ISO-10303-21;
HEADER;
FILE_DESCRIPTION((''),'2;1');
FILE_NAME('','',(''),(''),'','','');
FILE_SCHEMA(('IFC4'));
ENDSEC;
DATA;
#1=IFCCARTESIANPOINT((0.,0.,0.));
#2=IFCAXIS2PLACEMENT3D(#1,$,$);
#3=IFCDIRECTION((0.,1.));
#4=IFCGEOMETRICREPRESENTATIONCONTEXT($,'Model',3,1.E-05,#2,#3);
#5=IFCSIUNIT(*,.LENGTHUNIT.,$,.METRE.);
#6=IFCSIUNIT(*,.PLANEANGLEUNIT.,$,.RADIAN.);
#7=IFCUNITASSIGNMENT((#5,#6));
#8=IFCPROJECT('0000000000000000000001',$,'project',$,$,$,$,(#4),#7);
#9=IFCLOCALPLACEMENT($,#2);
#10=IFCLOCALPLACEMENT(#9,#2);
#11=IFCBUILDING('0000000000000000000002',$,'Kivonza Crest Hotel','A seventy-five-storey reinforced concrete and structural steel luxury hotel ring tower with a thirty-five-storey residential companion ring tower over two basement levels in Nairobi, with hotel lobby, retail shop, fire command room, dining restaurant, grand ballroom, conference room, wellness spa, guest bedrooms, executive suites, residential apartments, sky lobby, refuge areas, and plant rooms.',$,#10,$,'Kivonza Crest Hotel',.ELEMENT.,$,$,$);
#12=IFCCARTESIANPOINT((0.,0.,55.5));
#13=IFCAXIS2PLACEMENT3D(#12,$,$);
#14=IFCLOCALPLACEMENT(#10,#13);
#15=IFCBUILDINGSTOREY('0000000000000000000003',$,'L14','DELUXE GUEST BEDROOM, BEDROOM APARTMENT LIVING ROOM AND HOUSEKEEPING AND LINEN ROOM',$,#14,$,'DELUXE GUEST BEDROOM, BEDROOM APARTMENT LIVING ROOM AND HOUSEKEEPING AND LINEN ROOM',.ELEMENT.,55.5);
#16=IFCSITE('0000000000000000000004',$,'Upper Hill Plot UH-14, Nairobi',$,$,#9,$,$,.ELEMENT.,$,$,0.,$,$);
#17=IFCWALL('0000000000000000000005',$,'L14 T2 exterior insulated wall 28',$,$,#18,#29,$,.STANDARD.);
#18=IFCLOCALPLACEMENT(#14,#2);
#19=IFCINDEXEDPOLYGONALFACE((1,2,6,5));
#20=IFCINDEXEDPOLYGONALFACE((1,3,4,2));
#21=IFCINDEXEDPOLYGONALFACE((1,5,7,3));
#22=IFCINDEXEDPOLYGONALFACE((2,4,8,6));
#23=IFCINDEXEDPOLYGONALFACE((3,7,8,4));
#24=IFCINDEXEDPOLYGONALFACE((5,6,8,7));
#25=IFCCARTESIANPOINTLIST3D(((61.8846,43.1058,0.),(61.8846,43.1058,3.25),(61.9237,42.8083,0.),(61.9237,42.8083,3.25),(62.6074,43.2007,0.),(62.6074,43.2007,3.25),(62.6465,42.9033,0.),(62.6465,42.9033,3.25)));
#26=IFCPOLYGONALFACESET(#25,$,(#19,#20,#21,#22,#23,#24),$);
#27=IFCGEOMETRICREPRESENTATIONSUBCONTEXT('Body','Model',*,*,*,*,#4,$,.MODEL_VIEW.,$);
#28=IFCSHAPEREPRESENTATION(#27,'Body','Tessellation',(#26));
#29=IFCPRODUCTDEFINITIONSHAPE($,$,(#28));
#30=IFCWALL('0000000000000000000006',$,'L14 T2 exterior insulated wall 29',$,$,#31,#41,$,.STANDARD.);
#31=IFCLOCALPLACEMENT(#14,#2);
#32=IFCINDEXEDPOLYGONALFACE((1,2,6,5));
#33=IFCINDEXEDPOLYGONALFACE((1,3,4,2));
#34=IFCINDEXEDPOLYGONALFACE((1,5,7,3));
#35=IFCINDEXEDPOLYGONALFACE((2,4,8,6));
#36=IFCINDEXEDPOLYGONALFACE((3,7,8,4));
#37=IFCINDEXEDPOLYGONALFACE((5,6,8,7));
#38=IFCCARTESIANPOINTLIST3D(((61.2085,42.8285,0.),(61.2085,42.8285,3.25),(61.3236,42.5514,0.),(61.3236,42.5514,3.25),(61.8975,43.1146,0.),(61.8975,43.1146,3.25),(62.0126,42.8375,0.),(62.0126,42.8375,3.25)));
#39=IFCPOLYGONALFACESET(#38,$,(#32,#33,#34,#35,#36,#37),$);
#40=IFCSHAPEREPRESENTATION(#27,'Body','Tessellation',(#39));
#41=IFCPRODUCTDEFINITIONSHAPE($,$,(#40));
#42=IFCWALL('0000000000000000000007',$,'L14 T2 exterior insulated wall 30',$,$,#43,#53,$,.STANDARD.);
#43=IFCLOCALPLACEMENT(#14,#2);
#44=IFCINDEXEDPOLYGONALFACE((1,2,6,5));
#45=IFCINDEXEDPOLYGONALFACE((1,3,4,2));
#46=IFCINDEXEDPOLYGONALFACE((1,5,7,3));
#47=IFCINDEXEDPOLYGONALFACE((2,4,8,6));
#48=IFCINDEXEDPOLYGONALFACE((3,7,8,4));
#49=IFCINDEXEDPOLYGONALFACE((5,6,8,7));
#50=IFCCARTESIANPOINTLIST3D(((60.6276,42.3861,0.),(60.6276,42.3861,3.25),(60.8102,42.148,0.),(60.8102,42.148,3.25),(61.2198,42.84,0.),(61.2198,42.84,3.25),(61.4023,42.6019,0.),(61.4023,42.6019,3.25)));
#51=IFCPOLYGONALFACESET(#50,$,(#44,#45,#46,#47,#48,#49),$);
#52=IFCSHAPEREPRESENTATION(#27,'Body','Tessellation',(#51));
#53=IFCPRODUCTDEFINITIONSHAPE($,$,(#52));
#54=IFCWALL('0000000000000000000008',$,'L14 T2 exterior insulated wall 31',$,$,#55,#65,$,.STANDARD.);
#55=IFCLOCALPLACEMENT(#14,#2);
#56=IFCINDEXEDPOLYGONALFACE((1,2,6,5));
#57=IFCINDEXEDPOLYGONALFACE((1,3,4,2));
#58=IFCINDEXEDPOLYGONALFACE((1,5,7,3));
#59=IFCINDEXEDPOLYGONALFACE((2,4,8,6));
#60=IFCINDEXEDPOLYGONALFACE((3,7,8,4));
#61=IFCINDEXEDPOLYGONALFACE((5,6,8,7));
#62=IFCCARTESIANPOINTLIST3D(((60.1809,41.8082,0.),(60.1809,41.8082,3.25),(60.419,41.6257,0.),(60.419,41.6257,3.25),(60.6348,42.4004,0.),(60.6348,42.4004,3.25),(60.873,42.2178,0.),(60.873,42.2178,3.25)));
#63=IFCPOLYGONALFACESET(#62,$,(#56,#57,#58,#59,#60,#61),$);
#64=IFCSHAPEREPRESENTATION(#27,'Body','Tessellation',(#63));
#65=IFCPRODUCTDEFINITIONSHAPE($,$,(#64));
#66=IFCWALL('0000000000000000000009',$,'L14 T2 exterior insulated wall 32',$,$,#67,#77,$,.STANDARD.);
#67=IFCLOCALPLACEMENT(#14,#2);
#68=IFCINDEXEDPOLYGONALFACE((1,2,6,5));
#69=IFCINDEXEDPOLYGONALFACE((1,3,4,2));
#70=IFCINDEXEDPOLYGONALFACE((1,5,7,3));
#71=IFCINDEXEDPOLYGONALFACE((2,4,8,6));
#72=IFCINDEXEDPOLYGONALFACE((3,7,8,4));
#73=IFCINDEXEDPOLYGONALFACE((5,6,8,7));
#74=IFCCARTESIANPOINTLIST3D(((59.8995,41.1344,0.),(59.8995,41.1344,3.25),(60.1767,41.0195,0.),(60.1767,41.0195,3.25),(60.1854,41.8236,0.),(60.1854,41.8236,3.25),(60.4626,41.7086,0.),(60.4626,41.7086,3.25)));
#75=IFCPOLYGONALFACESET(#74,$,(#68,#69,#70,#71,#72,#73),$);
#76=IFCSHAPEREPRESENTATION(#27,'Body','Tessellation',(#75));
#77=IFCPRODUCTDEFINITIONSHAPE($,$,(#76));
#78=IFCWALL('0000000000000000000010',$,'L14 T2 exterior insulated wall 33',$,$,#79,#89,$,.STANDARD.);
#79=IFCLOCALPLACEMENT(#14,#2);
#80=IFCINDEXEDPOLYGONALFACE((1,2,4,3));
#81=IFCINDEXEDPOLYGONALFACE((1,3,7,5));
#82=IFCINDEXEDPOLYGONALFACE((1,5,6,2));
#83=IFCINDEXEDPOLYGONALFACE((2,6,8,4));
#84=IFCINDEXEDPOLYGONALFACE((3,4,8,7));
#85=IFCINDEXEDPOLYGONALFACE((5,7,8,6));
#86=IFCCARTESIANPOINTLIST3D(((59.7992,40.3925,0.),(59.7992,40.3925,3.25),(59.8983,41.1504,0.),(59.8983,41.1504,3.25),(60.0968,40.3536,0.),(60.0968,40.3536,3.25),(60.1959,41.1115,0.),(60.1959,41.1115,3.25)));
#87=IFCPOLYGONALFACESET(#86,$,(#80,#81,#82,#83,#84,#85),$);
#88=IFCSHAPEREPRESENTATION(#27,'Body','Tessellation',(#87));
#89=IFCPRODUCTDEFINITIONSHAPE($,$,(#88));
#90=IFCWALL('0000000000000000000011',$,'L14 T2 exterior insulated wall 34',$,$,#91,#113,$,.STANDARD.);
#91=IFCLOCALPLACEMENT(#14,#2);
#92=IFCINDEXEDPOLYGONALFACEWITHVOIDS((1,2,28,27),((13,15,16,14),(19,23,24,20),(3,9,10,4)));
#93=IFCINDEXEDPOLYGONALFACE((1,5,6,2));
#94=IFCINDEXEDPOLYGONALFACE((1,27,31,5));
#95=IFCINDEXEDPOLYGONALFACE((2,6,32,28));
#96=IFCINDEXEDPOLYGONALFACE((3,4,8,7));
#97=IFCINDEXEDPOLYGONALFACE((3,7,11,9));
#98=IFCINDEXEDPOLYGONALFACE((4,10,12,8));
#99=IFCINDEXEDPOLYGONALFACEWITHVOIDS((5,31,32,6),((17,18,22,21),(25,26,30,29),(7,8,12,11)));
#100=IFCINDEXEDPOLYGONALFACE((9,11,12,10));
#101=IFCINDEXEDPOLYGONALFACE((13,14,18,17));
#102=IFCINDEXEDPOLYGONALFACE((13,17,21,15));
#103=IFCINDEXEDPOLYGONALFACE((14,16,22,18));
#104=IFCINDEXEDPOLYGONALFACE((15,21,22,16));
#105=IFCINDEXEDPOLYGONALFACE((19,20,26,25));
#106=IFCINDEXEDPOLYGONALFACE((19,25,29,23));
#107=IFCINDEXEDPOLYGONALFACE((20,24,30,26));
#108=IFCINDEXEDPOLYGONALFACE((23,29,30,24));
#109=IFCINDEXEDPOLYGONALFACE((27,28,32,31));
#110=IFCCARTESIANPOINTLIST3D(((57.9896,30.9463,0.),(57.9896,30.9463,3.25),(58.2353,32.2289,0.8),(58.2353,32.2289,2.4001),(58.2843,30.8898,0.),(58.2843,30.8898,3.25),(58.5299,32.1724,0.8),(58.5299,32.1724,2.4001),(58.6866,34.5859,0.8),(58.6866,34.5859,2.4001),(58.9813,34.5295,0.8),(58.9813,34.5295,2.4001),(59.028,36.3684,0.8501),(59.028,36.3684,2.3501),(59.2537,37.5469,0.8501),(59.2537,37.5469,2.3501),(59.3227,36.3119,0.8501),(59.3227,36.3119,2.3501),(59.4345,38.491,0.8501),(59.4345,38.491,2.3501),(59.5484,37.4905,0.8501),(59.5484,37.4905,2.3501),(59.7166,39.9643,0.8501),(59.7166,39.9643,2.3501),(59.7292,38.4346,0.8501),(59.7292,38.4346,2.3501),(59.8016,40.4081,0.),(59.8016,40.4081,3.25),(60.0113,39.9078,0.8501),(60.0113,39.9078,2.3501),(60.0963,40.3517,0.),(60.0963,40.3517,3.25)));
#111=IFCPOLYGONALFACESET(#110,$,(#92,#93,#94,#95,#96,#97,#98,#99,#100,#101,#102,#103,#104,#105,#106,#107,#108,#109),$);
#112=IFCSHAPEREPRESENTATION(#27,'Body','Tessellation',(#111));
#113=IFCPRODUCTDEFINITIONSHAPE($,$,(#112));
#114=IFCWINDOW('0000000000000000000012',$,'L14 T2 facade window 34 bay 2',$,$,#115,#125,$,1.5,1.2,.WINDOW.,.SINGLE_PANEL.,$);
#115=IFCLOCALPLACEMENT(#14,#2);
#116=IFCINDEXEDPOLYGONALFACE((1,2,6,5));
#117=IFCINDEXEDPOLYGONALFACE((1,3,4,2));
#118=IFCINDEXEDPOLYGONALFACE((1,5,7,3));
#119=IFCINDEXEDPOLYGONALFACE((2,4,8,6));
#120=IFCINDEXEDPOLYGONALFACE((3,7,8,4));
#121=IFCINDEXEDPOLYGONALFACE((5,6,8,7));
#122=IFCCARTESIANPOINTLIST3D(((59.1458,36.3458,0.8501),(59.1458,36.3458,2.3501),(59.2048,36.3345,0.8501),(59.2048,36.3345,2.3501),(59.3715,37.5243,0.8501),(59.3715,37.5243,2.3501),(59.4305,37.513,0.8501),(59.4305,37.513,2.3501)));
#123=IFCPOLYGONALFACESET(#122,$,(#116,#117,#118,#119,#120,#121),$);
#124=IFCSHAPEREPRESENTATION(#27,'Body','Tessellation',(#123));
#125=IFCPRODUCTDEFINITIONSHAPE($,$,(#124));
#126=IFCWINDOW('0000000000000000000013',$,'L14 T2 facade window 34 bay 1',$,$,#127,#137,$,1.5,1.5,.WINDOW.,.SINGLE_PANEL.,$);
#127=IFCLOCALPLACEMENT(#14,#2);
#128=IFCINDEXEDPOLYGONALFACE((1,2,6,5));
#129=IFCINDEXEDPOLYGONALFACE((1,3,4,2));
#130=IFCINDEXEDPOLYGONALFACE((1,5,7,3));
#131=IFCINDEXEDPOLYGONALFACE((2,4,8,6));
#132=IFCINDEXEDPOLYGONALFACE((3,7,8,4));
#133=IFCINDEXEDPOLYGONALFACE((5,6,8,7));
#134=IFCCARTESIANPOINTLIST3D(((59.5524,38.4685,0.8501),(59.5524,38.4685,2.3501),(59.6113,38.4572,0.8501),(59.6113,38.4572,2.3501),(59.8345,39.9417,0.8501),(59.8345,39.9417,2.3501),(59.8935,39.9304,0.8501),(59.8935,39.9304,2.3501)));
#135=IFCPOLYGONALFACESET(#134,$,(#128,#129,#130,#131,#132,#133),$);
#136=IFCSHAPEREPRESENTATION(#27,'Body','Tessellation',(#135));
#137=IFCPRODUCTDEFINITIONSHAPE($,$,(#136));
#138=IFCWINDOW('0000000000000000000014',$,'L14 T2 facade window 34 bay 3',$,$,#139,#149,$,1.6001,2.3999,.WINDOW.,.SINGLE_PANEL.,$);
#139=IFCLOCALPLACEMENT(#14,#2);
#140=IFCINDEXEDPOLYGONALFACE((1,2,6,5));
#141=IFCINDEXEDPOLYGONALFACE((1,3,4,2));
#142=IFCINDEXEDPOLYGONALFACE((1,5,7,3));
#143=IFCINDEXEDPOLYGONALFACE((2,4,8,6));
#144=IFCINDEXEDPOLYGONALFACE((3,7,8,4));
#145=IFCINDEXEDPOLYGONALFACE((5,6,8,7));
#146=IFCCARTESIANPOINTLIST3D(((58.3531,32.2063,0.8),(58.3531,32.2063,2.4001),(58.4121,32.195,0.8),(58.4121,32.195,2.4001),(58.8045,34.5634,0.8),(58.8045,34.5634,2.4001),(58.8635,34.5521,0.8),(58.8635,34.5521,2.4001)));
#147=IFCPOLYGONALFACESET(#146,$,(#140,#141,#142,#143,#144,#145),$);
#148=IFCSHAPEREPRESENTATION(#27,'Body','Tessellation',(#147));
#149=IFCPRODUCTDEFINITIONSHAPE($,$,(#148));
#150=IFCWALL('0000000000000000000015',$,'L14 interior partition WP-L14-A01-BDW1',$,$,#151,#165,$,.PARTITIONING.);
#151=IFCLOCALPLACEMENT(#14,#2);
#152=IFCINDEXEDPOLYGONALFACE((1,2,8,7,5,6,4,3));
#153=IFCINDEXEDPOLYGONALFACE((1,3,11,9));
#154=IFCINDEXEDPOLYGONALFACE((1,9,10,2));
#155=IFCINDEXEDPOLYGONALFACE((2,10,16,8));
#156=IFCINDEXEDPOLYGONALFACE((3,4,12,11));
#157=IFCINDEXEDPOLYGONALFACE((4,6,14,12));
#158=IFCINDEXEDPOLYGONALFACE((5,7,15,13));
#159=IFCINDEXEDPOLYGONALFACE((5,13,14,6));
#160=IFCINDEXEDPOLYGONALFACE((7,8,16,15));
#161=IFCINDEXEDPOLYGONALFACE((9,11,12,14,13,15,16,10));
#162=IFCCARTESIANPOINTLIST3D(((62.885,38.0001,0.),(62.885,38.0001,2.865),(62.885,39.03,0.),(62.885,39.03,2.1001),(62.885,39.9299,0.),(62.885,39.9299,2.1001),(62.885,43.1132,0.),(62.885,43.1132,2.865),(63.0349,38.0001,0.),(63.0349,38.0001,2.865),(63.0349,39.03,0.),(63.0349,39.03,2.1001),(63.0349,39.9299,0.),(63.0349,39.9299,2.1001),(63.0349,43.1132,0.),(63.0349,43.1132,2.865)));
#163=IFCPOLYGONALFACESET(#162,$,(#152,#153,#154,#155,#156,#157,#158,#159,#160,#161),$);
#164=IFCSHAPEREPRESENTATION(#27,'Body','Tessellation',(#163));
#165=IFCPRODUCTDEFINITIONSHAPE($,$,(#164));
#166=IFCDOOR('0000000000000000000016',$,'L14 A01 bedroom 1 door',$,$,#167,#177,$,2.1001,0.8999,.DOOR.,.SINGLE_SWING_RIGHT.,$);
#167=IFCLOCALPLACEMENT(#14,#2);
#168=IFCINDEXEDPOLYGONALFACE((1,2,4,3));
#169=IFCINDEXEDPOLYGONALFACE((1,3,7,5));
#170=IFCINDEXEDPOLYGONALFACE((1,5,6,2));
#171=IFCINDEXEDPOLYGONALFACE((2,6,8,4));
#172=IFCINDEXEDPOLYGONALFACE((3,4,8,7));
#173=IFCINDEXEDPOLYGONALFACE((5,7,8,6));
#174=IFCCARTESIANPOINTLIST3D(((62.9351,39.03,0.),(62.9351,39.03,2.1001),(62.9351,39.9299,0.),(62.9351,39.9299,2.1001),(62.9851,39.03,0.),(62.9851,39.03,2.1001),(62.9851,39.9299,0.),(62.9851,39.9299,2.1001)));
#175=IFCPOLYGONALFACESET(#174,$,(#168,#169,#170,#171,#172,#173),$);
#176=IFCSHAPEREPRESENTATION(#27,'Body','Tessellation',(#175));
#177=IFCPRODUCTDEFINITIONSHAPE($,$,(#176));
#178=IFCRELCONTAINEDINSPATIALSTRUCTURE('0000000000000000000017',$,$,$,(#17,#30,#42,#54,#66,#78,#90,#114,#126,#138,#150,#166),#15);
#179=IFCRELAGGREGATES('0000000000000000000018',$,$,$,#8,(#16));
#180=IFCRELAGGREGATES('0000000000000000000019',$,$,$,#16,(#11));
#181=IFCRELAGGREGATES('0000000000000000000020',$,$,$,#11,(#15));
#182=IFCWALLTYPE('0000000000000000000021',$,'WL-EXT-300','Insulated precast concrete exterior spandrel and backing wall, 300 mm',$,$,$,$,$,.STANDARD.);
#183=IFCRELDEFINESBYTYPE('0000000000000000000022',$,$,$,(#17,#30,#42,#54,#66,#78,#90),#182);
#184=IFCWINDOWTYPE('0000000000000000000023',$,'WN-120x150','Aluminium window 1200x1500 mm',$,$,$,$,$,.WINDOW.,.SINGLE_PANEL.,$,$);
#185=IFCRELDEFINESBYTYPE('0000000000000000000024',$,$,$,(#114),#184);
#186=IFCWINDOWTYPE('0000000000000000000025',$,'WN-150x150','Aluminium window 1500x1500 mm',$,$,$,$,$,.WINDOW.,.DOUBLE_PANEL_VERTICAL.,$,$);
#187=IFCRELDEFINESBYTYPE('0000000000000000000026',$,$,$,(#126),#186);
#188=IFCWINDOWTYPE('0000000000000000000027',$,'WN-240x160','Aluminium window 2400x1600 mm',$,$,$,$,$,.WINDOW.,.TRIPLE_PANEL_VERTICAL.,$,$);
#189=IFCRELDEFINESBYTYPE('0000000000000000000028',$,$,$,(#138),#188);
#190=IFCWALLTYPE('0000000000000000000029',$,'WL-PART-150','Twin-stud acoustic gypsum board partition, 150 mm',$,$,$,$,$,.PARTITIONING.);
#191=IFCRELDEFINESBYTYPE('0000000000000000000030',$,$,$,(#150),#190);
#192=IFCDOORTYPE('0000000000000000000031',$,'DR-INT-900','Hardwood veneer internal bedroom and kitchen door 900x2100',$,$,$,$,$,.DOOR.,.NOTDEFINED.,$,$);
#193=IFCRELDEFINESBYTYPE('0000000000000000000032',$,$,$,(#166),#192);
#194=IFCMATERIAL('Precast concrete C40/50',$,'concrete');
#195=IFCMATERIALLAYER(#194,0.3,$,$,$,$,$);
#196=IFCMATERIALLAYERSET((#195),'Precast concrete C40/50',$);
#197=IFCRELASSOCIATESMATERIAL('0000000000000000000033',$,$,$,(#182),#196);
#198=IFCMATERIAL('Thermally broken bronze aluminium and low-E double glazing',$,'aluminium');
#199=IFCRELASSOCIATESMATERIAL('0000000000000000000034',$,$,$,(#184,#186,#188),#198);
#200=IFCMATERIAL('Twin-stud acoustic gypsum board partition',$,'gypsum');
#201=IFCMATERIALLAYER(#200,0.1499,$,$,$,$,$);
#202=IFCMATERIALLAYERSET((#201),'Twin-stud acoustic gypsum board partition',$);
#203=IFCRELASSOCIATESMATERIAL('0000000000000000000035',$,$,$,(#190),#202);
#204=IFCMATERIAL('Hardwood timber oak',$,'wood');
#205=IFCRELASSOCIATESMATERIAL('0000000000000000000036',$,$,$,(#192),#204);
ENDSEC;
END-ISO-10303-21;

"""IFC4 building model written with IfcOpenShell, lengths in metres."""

from ifc_helpers import new_model, si_unit, direction, frame, frame_2d, origin, place, context, subcontext, project, spatial, rectangle, extrude, material, layer, layer_set, type_object, element, fill, save


model = new_model("IFC4")

# Units and contexts
model_context = context("Model", 3, precision=1e-05, world=origin(), true_north=direction((0.0, 1.0)))
body_context = subcontext(model_context, "Body", "Model", "MODEL_VIEW")
ifc_project = project(units=[si_unit("LENGTHUNIT", "METRE"), si_unit("PLANEANGLEUNIT", "RADIAN")], contexts=[model_context])

# Site, building, storey
site_placement = place(None, origin())
site = spatial("IfcSite", under=ifc_project, at=site_placement, Name="Upper Hill Plot UH-14, Nairobi", CompositionType="ELEMENT", RefElevation=0.0)
building_placement = place(site_placement, origin())
building = spatial("IfcBuilding", under=site, at=building_placement, Name="Kivonza Crest Hotel", Description="A seventy-five-storey reinforced concrete and structural steel luxury hotel ring tower with a thirty-five-storey residential companion ring tower over two basement levels in Nairobi, with hotel lobby, retail shop, fire command room, dining restaurant, grand ballroom, conference room, wellness spa, guest bedrooms, executive suites, residential apartments, sky lobby, refuge areas, and plant rooms.", LongName="Kivonza Crest Hotel", CompositionType="ELEMENT")
storey_placement = place(building_placement, frame((0.0, 0.0, 55.5)))
storey = spatial("IfcBuildingStorey", under=building, at=storey_placement, Name="L14", Description="DELUXE GUEST BEDROOM, BEDROOM APARTMENT LIVING ROOM AND HOUSEKEEPING AND LINEN ROOM", LongName="DELUXE GUEST BEDROOM, BEDROOM APARTMENT LIVING ROOM AND HOUSEKEEPING AND LINEN ROOM", CompositionType="ELEMENT", Elevation=55.5)

# Walls
ifc_material_1 = material(Name="Precast concrete C40/50", Category="concrete")
ifc_layer_1 = layer(ifc_material_1, 0.3)
ifc_layer_set_1 = layer_set([ifc_layer_1], Name="Precast concrete C40/50")
wall_type_1 = type_object("IfcWallType", Name="WL-EXT-300", Description="Insulated precast concrete exterior spandrel and backing wall, 300 mm", PredefinedType="STANDARD", material=ifc_layer_set_1)
wall_1_placement = place(storey_placement, frame((62.627, 43.052, 0.0), z_axis=(0.0, 0.0, 1.0), x_axis=(-0.99148, -0.130255, 0.0)))
element("IfcWall", 1, at=wall_1_placement, inside=storey, type_object=wall_type_1, Name="L14 T2 exterior insulated wall 28", PredefinedType="STANDARD", context=body_context, shape_type="SweptSolid", body=[
    extrude(rectangle(XDim=0.729, YDim=0.3, at=frame_2d((0.3645, 0.0))), origin(), (0.0, 0.0, 1.0), 3.25),
])
for number, where, z_axis, x_axis, name in (
    (2, (61.9551, 42.9761, 0.0), (0.0, 0.0, 1.0), (-0.923522, -0.383546, 0.0), "L14 T2 exterior insulated wall 29"),
    (3, (61.311, 42.7209, 0.0), (0.0, 0.0, 1.0), (-0.793633, -0.608397, 0.0), "L14 T2 exterior insulated wall 30"),
    (4, (60.7539, 42.3091, 0.0), (0.0, 0.0, 1.0), (-0.608397, -0.793633, 0.0), "L14 T2 exterior insulated wall 31"),
    (5, (60.324, 41.7661, 0.0), (0.0, 0.0, 1.0), (-0.383151, -0.923686, 0.0), "L14 T2 exterior insulated wall 32"),
):
    element("IfcWall", number, at=place(storey_placement, frame(where, z_axis=z_axis, x_axis=x_axis)), inside=storey, type_object=wall_type_1, Name=name, PredefinedType="STANDARD", context=body_context, shape_type="SweptSolid", body=[
        extrude(rectangle(XDim=0.7461, YDim=0.3, at=frame_2d((0.373, 0.0))), origin(), (0.0, 0.0, 1.0), 3.25),
    ])
wall_2_placement = place(storey_placement, frame((60.0471, 41.1311, 0.0), z_axis=(0.0, 0.0, 1.0), x_axis=(-0.129653, -0.991559, 0.0)))
element("IfcWall", 6, at=wall_2_placement, inside=storey, type_object=wall_type_1, Name="L14 T2 exterior insulated wall 33", PredefinedType="STANDARD", context=body_context, shape_type="SweptSolid", body=[
    extrude(rectangle(XDim=0.7644, YDim=0.3, at=frame_2d((0.3823, 0.0))), origin(), (0.0, 0.0, 1.0), 3.25),
])

# Wall, openings, windows
wall_3_placement = place(storey_placement, frame((59.949, 40.3799, 0.0), z_axis=(0.0, 0.0, 1.0), x_axis=(-0.188088, -0.982152, 0.0)))
wall_3 = element("IfcWall", 7, at=wall_3_placement, inside=storey, type_object=wall_type_1, Name="L14 T2 exterior insulated wall 34", PredefinedType="STANDARD", context=body_context, shape_type="SweptSolid", body=[
    extrude(rectangle(XDim=9.6338, YDim=0.3, at=frame_2d((4.8169, 0.0))), origin(), (0.0, 0.0, 1.0), 3.25),
])
opening_1_placement = place(wall_3_placement, frame((0.4519, 0.0, 0.8501)))
opening_1 = element("IfcOpeningElement", 8, at=opening_1_placement, cuts=wall_3, PredefinedType="OPENING", context=body_context, shape_type="SweptSolid", body=[
    extrude(rectangle(XDim=1.5, YDim=1.5, at=frame_2d((0.75, 0.75))), frame((0.0, 0.1602, 0.0), z_axis=(0.0, -1.0, 0.0), x_axis=(1.0, 0.0, 0.0)), (0.0, 0.0, 1.0), 0.3201),
])
opening_2_placement = place(wall_3_placement, frame((2.9131, 0.0, 0.8501)))
opening_2 = element("IfcOpeningElement", 9, at=opening_2_placement, cuts=wall_3, PredefinedType="OPENING", context=body_context, shape_type="SweptSolid", body=[
    extrude(rectangle(XDim=1.2, YDim=1.5, at=frame_2d((0.6001, 0.75))), frame((0.0, 0.1602, 0.0), z_axis=(0.0, -1.0, 0.0), x_axis=(1.0, 0.0, 0.0)), (0.0, 0.0, 1.0), 0.3201),
])
opening_3_placement = place(wall_3_placement, frame((5.928, 0.0, 0.8)))
opening_3 = element("IfcOpeningElement", 10, at=opening_3_placement, cuts=wall_3, PredefinedType="OPENING", context=body_context, shape_type="SweptSolid", body=[
    extrude(rectangle(XDim=2.3999, YDim=1.6001, at=frame_2d((1.2, 0.8))), frame((0.0, 0.1602, 0.0), z_axis=(0.0, -1.0, 0.0), x_axis=(1.0, 0.0, 0.0)), (0.0, 0.0, 1.0), 0.3201),
])
ifc_material_2 = material(Name="Thermally broken bronze aluminium and low-E double glazing", Category="aluminium")
window_type_1 = type_object("IfcWindowType", Name="WN-120x150", Description="Aluminium window 1200x1500 mm", PartitioningType="SINGLE_PANEL", PredefinedType="WINDOW", material=ifc_material_2)
window_1_placement = place(opening_2_placement, origin())
window_1 = element("IfcWindow", 11, at=window_1_placement, inside=storey, type_object=window_type_1, Name="L14 T2 facade window 34 bay 2", OverallHeight=1.5, OverallWidth=1.2, PartitioningType="SINGLE_PANEL", PredefinedType="WINDOW", context=body_context, shape_type="SweptSolid", body=[
    extrude(rectangle(XDim=1.2, YDim=1.5, at=frame_2d((0.6001, 0.75))), frame((0.0, 0.03, 0.0), z_axis=(0.0, -1.0, 0.0), x_axis=(1.0, 0.0, 0.0)), (0.0, 0.0, 1.0), 0.0601),
])
fill(opening_2, window_1)
window_type_2 = type_object("IfcWindowType", Name="WN-150x150", Description="Aluminium window 1500x1500 mm", PartitioningType="DOUBLE_PANEL_VERTICAL", PredefinedType="WINDOW", material=ifc_material_2)
window_2_placement = place(opening_1_placement, origin())
window_2 = element("IfcWindow", 12, at=window_2_placement, inside=storey, type_object=window_type_2, Name="L14 T2 facade window 34 bay 1", OverallHeight=1.5, OverallWidth=1.5, PartitioningType="SINGLE_PANEL", PredefinedType="WINDOW", context=body_context, shape_type="SweptSolid", body=[
    extrude(rectangle(XDim=1.5, YDim=1.5, at=frame_2d((0.75, 0.75))), frame((0.0, 0.03, 0.0), z_axis=(0.0, -1.0, 0.0), x_axis=(1.0, 0.0, 0.0)), (0.0, 0.0, 1.0), 0.0601),
])
fill(opening_1, window_2)
window_type_3 = type_object("IfcWindowType", Name="WN-240x160", Description="Aluminium window 2400x1600 mm", PartitioningType="TRIPLE_PANEL_VERTICAL", PredefinedType="WINDOW", material=ifc_material_2)
window_3_placement = place(opening_3_placement, origin())
window_3 = element("IfcWindow", 13, at=window_3_placement, inside=storey, type_object=window_type_3, Name="L14 T2 facade window 34 bay 3", OverallHeight=1.6001, OverallWidth=2.3999, PartitioningType="SINGLE_PANEL", PredefinedType="WINDOW", context=body_context, shape_type="SweptSolid", body=[
    extrude(rectangle(XDim=2.3999, YDim=1.6001, at=frame_2d((1.2, 0.8))), frame((0.0, 0.03, 0.0), z_axis=(0.0, -1.0, 0.0), x_axis=(1.0, 0.0, 0.0)), (0.0, 0.0, 1.0), 0.0601),
])
fill(opening_3, window_3)

# Wall, opening, door
ifc_material_3 = material(Name="Twin-stud acoustic gypsum board partition", Category="gypsum")
ifc_layer_2 = layer(ifc_material_3, 0.1499)
ifc_layer_set_2 = layer_set([ifc_layer_2], Name="Twin-stud acoustic gypsum board partition")
wall_type_2 = type_object("IfcWallType", Name="WL-PART-150", Description="Twin-stud acoustic gypsum board partition, 150 mm", PredefinedType="PARTITIONING", material=ifc_layer_set_2)
wall_4_placement = place(storey_placement, frame((62.96, 38.0, 0.0), z_axis=(0.0, 0.0, 1.0), x_axis=(0.0, 1.0, 0.0)))
wall_4 = element("IfcWall", 14, at=wall_4_placement, inside=storey, type_object=wall_type_2, Name="L14 interior partition WP-L14-A01-BDW1", PredefinedType="PARTITIONING", context=body_context, shape_type="SweptSolid", body=[
    extrude(rectangle(XDim=5.113, YDim=0.1499, at=frame_2d((2.5566, 0.0))), origin(), (0.0, 0.0, 1.0), 2.865),
])
opening_4_placement = place(wall_4_placement, frame((1.03, 0.0, 0.0)))
opening_4 = element("IfcOpeningElement", 15, at=opening_4_placement, cuts=wall_4, PredefinedType="OPENING", context=body_context, shape_type="SweptSolid", body=[
    extrude(rectangle(XDim=0.8999, YDim=2.1001, at=frame_2d((0.45, 1.05))), frame((0.0, 0.085, 0.0), z_axis=(0.0, -1.0, 0.0), x_axis=(1.0, 0.0, 0.0)), (0.0, 0.0, 1.0), 0.1699),
])
ifc_material_4 = material(Name="Hardwood timber oak", Category="wood")
door_type_1 = type_object("IfcDoorType", Name="DR-INT-900", Description="Hardwood veneer internal bedroom and kitchen door 900x2100", OperationType="NOTDEFINED", PredefinedType="DOOR", material=ifc_material_4)
door_1_placement = place(opening_4_placement, origin())
door_1 = element("IfcDoor", 16, at=door_1_placement, inside=storey, type_object=door_type_1, Name="L14 A01 bedroom 1 door", OperationType="SINGLE_SWING_RIGHT", OverallHeight=2.1001, OverallWidth=0.8999, PredefinedType="DOOR", context=body_context, shape_type="SweptSolid", body=[
    extrude(rectangle(XDim=0.8999, YDim=2.1001, at=frame_2d((0.45, 1.05))), frame((0.0, 0.0249, 0.0), z_axis=(0.0, -1.0, 0.0), x_axis=(1.0, 0.0, 0.0)), (0.0, 0.0, 1.0), 0.05),
])
fill(opening_4, door_1)

save(model, "model.ifc")
